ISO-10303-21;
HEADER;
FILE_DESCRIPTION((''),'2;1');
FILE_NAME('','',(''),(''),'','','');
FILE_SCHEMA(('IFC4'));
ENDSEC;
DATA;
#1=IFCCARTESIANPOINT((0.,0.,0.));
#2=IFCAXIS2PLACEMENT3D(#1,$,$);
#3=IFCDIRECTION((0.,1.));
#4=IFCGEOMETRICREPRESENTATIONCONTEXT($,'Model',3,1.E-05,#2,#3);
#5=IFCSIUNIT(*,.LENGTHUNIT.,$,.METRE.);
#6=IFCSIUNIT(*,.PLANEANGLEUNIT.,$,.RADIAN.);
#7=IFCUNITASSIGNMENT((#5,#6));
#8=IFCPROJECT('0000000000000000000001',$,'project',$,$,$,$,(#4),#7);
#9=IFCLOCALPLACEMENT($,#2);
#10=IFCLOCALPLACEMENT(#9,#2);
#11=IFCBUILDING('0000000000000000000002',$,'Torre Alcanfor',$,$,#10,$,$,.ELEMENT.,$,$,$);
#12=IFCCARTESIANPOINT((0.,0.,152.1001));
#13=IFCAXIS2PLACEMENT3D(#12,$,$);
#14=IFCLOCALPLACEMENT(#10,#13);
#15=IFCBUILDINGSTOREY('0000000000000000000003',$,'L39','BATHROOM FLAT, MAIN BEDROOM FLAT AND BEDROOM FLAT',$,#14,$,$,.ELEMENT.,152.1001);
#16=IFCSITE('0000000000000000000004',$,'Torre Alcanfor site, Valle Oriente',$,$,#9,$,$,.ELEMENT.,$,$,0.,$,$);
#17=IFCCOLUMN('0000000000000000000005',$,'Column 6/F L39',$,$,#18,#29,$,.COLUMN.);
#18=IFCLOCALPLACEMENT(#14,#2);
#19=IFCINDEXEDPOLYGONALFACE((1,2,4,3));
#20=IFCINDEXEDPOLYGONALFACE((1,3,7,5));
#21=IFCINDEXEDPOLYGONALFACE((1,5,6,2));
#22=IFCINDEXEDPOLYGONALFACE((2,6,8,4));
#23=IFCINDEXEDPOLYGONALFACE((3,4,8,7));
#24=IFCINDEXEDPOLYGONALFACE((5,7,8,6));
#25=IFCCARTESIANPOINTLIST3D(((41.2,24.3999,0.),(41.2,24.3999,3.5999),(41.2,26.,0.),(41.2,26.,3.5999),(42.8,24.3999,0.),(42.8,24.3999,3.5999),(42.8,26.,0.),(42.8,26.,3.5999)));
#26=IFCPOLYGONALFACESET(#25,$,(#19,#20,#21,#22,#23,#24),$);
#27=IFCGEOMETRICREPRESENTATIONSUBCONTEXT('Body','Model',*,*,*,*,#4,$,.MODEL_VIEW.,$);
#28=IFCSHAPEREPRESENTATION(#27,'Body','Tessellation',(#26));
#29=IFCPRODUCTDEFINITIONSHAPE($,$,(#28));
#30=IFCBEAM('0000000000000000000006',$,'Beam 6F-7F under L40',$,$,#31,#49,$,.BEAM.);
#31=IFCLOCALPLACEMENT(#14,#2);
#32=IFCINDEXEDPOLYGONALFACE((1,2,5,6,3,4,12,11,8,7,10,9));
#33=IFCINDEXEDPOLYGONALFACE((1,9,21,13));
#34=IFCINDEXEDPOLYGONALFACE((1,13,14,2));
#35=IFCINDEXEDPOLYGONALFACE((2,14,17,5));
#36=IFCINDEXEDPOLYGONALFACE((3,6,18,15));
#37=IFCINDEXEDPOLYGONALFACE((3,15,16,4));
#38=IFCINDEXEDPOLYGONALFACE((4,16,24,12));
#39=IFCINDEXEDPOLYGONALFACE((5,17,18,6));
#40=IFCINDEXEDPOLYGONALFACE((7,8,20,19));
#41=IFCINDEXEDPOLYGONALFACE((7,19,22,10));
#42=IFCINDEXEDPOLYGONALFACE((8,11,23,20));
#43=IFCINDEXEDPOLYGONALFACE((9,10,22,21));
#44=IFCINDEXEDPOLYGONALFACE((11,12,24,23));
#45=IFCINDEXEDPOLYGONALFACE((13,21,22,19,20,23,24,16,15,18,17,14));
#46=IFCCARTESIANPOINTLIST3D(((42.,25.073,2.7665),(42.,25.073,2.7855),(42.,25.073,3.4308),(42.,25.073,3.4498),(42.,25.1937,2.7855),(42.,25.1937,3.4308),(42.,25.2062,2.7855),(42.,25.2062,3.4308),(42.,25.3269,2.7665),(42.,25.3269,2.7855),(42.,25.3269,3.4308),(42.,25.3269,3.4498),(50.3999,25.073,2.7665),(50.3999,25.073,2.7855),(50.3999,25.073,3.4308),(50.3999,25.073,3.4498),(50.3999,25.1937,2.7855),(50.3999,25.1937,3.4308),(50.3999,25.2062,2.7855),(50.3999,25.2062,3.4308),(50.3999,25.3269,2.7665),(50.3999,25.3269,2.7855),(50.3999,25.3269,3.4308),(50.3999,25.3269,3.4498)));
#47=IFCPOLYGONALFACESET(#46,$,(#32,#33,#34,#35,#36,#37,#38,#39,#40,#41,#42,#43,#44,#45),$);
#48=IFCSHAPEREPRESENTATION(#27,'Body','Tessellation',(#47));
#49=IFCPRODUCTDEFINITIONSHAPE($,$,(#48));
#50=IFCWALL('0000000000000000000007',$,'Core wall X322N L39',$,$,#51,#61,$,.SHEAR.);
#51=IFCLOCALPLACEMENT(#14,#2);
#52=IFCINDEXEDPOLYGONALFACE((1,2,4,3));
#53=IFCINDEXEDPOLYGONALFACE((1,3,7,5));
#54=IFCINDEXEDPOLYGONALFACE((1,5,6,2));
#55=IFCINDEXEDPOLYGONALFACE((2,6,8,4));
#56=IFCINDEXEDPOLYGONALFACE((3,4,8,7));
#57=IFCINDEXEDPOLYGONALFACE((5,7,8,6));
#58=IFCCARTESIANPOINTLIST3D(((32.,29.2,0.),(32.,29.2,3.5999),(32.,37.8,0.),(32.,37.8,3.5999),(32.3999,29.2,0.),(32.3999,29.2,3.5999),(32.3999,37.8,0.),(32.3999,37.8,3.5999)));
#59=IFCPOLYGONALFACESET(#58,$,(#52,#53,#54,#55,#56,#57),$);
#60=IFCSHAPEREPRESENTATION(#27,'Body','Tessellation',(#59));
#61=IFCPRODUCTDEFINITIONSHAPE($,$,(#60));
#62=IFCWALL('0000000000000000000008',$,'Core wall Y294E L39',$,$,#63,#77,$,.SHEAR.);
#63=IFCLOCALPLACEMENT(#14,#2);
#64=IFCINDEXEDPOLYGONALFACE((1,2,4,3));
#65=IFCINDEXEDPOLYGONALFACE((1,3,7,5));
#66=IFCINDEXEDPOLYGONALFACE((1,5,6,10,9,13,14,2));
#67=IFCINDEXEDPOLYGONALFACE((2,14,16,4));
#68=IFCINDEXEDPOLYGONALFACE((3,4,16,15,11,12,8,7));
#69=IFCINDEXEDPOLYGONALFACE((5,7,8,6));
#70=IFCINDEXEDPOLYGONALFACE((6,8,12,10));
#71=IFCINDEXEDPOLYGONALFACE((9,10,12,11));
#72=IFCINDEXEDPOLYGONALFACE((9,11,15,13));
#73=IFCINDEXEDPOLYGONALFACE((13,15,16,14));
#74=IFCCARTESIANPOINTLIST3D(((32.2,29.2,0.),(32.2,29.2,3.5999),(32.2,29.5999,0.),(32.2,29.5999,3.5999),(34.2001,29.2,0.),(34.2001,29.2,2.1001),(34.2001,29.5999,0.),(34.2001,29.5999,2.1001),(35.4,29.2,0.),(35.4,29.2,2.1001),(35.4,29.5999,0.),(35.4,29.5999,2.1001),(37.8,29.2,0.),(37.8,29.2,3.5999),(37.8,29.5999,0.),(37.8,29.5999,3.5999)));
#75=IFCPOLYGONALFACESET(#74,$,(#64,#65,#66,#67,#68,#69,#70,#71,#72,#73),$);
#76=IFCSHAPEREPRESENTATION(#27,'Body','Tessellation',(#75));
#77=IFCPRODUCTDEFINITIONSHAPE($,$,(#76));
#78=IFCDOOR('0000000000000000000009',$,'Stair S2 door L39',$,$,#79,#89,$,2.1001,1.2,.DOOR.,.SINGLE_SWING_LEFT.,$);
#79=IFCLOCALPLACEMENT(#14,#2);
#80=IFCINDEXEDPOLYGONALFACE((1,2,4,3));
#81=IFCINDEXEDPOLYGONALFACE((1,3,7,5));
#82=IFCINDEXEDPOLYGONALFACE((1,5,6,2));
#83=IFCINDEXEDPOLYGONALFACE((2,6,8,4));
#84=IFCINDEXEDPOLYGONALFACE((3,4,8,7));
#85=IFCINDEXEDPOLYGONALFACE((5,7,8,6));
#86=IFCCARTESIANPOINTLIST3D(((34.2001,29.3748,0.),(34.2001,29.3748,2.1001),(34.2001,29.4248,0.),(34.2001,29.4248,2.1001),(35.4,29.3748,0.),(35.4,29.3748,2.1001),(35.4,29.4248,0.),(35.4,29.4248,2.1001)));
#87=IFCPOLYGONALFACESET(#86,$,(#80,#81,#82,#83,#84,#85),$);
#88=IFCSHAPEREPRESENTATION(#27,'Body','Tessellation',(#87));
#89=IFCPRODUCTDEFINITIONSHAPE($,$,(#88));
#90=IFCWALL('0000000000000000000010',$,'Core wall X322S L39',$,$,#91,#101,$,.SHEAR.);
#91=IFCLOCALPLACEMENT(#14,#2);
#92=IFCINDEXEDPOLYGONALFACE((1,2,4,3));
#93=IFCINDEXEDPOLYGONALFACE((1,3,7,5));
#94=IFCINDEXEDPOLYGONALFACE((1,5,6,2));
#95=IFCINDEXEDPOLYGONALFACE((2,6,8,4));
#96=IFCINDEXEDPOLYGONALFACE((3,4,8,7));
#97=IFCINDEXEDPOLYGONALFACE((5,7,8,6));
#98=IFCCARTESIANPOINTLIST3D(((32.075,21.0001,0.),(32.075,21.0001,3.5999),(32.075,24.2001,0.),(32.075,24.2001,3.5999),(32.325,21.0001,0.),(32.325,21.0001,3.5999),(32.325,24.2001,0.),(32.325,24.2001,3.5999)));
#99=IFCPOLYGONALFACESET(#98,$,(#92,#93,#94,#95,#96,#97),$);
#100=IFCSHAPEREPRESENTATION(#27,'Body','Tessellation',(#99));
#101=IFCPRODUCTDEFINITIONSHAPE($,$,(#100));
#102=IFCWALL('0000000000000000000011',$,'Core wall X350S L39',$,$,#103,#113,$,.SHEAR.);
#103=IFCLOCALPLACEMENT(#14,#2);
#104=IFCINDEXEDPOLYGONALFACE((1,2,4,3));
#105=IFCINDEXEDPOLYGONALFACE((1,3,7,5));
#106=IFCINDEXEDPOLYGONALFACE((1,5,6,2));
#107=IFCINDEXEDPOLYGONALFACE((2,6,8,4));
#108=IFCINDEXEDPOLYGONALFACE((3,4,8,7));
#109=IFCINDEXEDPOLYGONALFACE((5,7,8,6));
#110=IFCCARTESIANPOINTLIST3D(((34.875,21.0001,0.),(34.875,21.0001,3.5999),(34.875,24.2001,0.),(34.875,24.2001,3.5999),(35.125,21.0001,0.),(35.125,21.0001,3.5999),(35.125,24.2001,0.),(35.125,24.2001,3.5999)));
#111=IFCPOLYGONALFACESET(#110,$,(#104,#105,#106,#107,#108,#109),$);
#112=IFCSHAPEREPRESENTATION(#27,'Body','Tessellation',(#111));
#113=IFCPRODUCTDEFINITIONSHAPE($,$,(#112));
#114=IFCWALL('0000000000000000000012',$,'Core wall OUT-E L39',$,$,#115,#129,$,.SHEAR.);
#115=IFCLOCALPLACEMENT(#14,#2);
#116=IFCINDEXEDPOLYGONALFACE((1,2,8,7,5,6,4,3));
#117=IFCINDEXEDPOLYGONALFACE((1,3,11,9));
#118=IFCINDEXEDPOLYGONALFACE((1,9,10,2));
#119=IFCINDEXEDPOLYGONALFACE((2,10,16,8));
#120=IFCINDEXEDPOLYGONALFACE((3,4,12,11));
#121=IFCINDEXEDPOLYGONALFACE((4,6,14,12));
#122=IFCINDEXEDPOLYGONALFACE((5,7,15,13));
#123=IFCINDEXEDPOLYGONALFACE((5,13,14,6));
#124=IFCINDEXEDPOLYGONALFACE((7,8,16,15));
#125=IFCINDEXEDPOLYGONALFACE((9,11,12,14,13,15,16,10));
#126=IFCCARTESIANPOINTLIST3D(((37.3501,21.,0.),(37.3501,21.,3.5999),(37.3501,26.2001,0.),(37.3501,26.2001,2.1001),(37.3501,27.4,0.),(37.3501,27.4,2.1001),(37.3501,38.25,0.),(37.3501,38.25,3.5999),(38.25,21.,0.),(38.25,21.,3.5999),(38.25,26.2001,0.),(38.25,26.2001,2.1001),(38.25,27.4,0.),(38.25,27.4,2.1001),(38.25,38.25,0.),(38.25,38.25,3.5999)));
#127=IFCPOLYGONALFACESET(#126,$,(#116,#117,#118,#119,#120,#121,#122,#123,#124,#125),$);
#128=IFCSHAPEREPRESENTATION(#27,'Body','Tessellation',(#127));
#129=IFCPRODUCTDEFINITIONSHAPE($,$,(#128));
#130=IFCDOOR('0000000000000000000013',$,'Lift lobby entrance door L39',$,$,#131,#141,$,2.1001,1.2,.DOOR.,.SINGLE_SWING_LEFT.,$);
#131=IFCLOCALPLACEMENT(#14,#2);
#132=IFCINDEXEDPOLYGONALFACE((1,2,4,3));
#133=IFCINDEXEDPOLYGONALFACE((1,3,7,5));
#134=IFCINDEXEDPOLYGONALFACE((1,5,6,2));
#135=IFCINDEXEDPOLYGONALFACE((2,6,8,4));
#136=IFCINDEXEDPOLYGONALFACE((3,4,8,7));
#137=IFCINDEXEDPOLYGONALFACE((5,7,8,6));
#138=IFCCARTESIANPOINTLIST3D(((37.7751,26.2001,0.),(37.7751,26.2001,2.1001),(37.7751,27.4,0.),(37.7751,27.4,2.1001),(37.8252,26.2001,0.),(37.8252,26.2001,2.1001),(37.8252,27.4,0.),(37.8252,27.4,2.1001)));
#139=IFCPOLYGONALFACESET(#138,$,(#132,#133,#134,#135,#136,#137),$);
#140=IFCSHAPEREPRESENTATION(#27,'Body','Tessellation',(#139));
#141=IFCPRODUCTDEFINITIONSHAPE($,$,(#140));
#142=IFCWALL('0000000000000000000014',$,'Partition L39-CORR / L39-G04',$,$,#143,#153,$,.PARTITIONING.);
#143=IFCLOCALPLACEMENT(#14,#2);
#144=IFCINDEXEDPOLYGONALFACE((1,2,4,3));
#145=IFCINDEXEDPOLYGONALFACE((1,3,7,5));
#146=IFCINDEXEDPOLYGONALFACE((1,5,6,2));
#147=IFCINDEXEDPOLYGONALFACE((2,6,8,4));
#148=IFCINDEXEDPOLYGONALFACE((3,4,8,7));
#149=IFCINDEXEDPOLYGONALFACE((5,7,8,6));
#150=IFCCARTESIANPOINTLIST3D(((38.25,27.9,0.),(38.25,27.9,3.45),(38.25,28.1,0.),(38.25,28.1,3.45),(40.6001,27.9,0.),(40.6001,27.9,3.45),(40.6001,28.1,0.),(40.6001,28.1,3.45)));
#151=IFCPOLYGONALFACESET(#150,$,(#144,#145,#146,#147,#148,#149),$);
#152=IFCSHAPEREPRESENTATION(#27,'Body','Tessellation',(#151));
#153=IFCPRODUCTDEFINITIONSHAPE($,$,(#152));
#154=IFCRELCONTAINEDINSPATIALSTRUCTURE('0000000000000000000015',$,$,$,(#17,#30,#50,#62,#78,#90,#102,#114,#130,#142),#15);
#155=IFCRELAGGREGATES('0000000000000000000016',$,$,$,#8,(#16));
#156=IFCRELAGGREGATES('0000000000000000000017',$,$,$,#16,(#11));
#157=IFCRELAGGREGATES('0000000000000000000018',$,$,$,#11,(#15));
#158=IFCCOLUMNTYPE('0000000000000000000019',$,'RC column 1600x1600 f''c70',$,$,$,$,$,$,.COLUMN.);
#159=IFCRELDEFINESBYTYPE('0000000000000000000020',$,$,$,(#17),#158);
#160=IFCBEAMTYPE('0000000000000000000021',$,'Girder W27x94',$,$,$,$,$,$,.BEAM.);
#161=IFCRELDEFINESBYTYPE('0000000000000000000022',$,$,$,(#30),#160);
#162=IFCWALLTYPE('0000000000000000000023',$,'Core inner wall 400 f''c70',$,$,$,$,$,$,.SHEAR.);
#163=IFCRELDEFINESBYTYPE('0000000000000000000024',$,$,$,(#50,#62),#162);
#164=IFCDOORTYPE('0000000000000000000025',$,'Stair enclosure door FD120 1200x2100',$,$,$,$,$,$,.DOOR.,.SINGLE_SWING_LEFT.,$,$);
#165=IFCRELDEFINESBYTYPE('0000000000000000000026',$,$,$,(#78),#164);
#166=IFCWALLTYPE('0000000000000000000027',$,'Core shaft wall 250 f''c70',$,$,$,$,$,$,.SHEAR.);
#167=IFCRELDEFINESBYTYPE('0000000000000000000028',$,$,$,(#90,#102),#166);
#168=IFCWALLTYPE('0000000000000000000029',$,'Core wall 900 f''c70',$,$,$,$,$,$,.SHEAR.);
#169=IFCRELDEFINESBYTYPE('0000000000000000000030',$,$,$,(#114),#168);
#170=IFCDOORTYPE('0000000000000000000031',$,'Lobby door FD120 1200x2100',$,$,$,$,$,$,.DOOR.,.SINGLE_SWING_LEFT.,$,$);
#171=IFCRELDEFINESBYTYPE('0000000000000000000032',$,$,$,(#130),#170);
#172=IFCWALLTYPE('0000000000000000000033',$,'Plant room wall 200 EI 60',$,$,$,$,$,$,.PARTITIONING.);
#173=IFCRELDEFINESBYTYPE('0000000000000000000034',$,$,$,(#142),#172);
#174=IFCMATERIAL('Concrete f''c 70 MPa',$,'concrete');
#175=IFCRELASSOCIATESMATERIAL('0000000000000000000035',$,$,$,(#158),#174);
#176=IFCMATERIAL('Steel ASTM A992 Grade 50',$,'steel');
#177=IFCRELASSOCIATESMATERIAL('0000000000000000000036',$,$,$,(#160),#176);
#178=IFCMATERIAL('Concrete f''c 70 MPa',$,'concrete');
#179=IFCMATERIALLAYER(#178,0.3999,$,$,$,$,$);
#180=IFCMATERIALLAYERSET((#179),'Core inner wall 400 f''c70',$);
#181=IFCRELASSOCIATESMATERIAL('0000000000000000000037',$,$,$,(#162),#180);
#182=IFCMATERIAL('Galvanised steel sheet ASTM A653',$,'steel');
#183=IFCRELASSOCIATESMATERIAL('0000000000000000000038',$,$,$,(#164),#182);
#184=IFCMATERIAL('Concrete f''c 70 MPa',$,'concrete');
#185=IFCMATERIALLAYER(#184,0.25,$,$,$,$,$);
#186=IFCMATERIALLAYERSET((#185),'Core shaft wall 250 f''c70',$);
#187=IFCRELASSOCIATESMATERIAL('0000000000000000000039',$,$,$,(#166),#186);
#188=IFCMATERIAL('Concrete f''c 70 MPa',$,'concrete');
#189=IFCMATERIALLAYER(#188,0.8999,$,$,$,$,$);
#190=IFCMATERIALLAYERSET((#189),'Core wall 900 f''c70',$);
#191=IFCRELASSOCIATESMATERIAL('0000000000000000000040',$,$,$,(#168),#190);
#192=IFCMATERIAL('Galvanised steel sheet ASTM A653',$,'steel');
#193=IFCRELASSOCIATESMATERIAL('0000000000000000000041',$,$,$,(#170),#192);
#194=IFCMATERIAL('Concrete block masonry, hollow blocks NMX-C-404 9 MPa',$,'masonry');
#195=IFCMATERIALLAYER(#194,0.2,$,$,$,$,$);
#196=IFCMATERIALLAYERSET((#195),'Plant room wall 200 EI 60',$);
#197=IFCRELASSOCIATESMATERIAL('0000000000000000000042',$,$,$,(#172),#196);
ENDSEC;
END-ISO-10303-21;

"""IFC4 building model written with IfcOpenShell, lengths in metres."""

from ifc_helpers import new_model, si_unit, direction, frame, frame_2d, origin, origin_2d, place, context, subcontext, project, spatial, rectangle, i_section, extrude, material, layer, layer_set, material_profile, profile_set, type_object, element, fill, save


model = new_model("IFC4")

# Units and contexts
model_context = context("Model", 3, precision=1e-05, world=origin(), true_north=direction((0.0, 1.0)))
body_context = subcontext(model_context, "Body", "Model", "MODEL_VIEW")
ifc_project = project(units=[si_unit("LENGTHUNIT", "METRE"), si_unit("PLANEANGLEUNIT", "RADIAN")], contexts=[model_context])

# Site, building, storey
site_placement = place(None, origin())
site = spatial("IfcSite", under=ifc_project, at=site_placement, Name="Torre Alcanfor site, Valle Oriente", CompositionType="ELEMENT", RefElevation=0.0)
building_placement = place(site_placement, origin())
building = spatial("IfcBuilding", under=site, at=building_placement, Name="Torre Alcanfor", CompositionType="ELEMENT")
storey_placement = place(building_placement, frame((0.0, 0.0, 152.1001)))
storey = spatial("IfcBuildingStorey", under=building, at=storey_placement, Name="L39", Description="BATHROOM FLAT, MAIN BEDROOM FLAT AND BEDROOM FLAT", CompositionType="ELEMENT", Elevation=152.1001)

# Column
ifc_material_1 = material(Name="Concrete f'c 70 MPa", Category="concrete")
ifc_material_profile_1 = material_profile(ifc_material_1, rectangle(XDim=1.6001, YDim=1.6001, at=origin_2d()), Name="1600x1600")
ifc_profile_set_1 = profile_set([ifc_material_profile_1], Name="Concrete f'c 70 MPa")
column_type = type_object("IfcColumnType", Name="RC column 1600x1600 f'c70", PredefinedType="COLUMN", material=ifc_profile_set_1)
column_placement = place(storey_placement, frame((42.0, 25.2, 0.0), z_axis=(0.0, 0.0, 1.0), x_axis=(1.0, 0.0, 0.0)))
element("IfcColumn", 1, at=column_placement, inside=storey, type_object=column_type, Name="Column 6/F L39", PredefinedType="COLUMN", context=body_context, shape_type="SweptSolid", body=[
    extrude(rectangle(XDim=1.6001, YDim=1.6001, at=origin_2d()), origin(), (0.0, 0.0, 1.0), 3.5999),
])

# Beam
ifc_material_2 = material(Name="Steel ASTM A992 Grade 50", Category="steel")
ifc_material_profile_2 = material_profile(ifc_material_2, i_section(OverallWidth=0.2539, OverallDepth=0.6833, WebThickness=0.0125, FlangeThickness=0.019, at=origin_2d()), Name="W27x94")
ifc_profile_set_2 = profile_set([ifc_material_profile_2], Name="Steel ASTM A992 Grade 50")
beam_type = type_object("IfcBeamType", Name="Girder W27x94", PredefinedType="BEAM", material=ifc_profile_set_2)
beam_placement = place(storey_placement, frame((42.0, 25.2, 3.1082), z_axis=(1.0, 0.0, 0.0), x_axis=(0.0, 1.0, 0.0)))
element("IfcBeam", 2, at=beam_placement, inside=storey, type_object=beam_type, Name="Beam 6F-7F under L40", PredefinedType="BEAM", context=body_context, shape_type="SweptSolid", body=[
    extrude(i_section(OverallWidth=0.2539, OverallDepth=0.6833, WebThickness=0.0125, FlangeThickness=0.019, at=origin_2d()), origin(), (0.0, 0.0, 1.0), 8.3999),
])

# Wall
ifc_material_3 = material(Name="Concrete f'c 70 MPa", Category="concrete")
ifc_layer_1 = layer(ifc_material_3, 0.3999)
ifc_layer_set_1 = layer_set([ifc_layer_1], Name="Core inner wall 400 f'c70")
wall_type_1 = type_object("IfcWallType", Name="Core inner wall 400 f'c70", PredefinedType="SHEAR", material=ifc_layer_set_1)
wall_1_placement = place(storey_placement, frame((32.2, 29.2, 0.0), z_axis=(0.0, 0.0, 1.0), x_axis=(0.0, 1.0, 0.0)))
element("IfcWall", 3, at=wall_1_placement, inside=storey, type_object=wall_type_1, Name="Core wall X322N L39", PredefinedType="SHEAR", context=body_context, shape_type="SweptSolid", body=[
    extrude(rectangle(XDim=8.6001, YDim=0.3999, at=frame_2d((4.3, 0.0))), origin(), (0.0, 0.0, 1.0), 3.5999),
])

# Wall, opening, door
wall_2_placement = place(storey_placement, frame((32.2, 29.3999, 0.0), z_axis=(0.0, 0.0, 1.0), x_axis=(1.0, 0.0, 0.0)))
wall_2 = element("IfcWall", 4, at=wall_2_placement, inside=storey, type_object=wall_type_1, Name="Core wall Y294E L39", PredefinedType="SHEAR", context=body_context, shape_type="SweptSolid", body=[
    extrude(rectangle(XDim=5.6001, YDim=0.3999, at=frame_2d((2.8, 0.0))), origin(), (0.0, 0.0, 1.0), 3.5999),
])
opening_1_placement = place(wall_2_placement, frame((2.0, 0.0, 0.0)))
opening_1 = element("IfcOpeningElement", 5, at=opening_1_placement, cuts=wall_2, PredefinedType="OPENING", context=body_context, shape_type="SweptSolid", body=[
    extrude(rectangle(XDim=1.2, YDim=2.1001, at=frame_2d((0.6001, 1.05))), frame((0.0, 0.21, 0.0), z_axis=(0.0, -1.0, 0.0), x_axis=(1.0, 0.0, 0.0)), (0.0, 0.0, 1.0), 0.4199),
])
ifc_material_4 = material(Name="Galvanised steel sheet ASTM A653", Category="steel")
door_type_1 = type_object("IfcDoorType", Name="Stair enclosure door FD120 1200x2100", OperationType="SINGLE_SWING_LEFT", PredefinedType="DOOR", material=ifc_material_4)
door_1_placement = place(opening_1_placement, origin())
door_1 = element("IfcDoor", 6, at=door_1_placement, inside=storey, type_object=door_type_1, Name="Stair S2 door L39", OperationType="SINGLE_SWING_LEFT", OverallHeight=2.1001, OverallWidth=1.2, PredefinedType="DOOR", context=body_context, shape_type="SweptSolid", body=[
    extrude(rectangle(XDim=1.2, YDim=2.1001, at=frame_2d((0.6001, 1.05))), frame((0.0, 0.0249, 0.0), z_axis=(0.0, -1.0, 0.0), x_axis=(1.0, 0.0, 0.0)), (0.0, 0.0, 1.0), 0.05),
])
fill(opening_1, door_1)

# Walls
ifc_material_5 = material(Name="Concrete f'c 70 MPa", Category="concrete")
ifc_layer_2 = layer(ifc_material_5, 0.25)
ifc_layer_set_2 = layer_set([ifc_layer_2], Name="Core shaft wall 250 f'c70")
wall_type_2 = type_object("IfcWallType", Name="Core shaft wall 250 f'c70", PredefinedType="SHEAR", material=ifc_layer_set_2)
for number, where, z_axis, x_axis, name in (
    (7, (32.2, 21.0, 0.0), (0.0, 0.0, 1.0), (0.0, 1.0, 0.0), "Core wall X322S L39"),
    (8, (35.0, 21.0, 0.0), (0.0, 0.0, 1.0), (0.0, 1.0, 0.0), "Core wall X350S L39"),
):
    element("IfcWall", number, at=place(storey_placement, frame(where, z_axis=z_axis, x_axis=x_axis)), inside=storey, type_object=wall_type_2, Name=name, PredefinedType="SHEAR", context=body_context, shape_type="SweptSolid", body=[
        extrude(rectangle(XDim=3.2, YDim=0.25, at=frame_2d((1.6001, 0.0))), origin(), (0.0, 0.0, 1.0), 3.5999),
    ])

# Wall, opening, door
ifc_material_6 = material(Name="Concrete f'c 70 MPa", Category="concrete")
ifc_layer_3 = layer(ifc_material_6, 0.8999)
ifc_layer_set_3 = layer_set([ifc_layer_3], Name="Core wall 900 f'c70")
wall_type_3 = type_object("IfcWallType", Name="Core wall 900 f'c70", PredefinedType="SHEAR", material=ifc_layer_set_3)
wall_3_placement = place(storey_placement, frame((37.8, 21.0, 0.0), z_axis=(0.0, 0.0, 1.0), x_axis=(0.0, 1.0, 0.0)))
wall_3 = element("IfcWall", 9, at=wall_3_placement, inside=storey, type_object=wall_type_3, Name="Core wall OUT-E L39", PredefinedType="SHEAR", context=body_context, shape_type="SweptSolid", body=[
    extrude(rectangle(XDim=17.25, YDim=0.8999, at=frame_2d((8.625, 0.0))), origin(), (0.0, 0.0, 1.0), 3.5999),
])
opening_2_placement = place(wall_3_placement, frame((5.2, 0.0, 0.0)))
opening_2 = element("IfcOpeningElement", 10, at=opening_2_placement, cuts=wall_3, PredefinedType="OPENING", context=body_context, shape_type="SweptSolid", body=[
    extrude(rectangle(XDim=1.2, YDim=2.1001, at=frame_2d((0.6001, 1.05))), frame((0.0, 0.46, 0.0), z_axis=(0.0, -1.0, 0.0), x_axis=(1.0, 0.0, 0.0)), (0.0, 0.0, 1.0), 0.9199),
])
ifc_material_7 = material(Name="Galvanised steel sheet ASTM A653", Category="steel")
door_type_2 = type_object("IfcDoorType", Name="Lobby door FD120 1200x2100", OperationType="SINGLE_SWING_LEFT", PredefinedType="DOOR", material=ifc_material_7)
door_2_placement = place(opening_2_placement, origin())
door_2 = element("IfcDoor", 11, at=door_2_placement, inside=storey, type_object=door_type_2, Name="Lift lobby entrance door L39", OperationType="SINGLE_SWING_LEFT", OverallHeight=2.1001, OverallWidth=1.2, PredefinedType="DOOR", context=body_context, shape_type="SweptSolid", body=[
    extrude(rectangle(XDim=1.2, YDim=2.1001, at=frame_2d((0.6001, 1.05))), frame((0.0, 0.0249, 0.0), z_axis=(0.0, -1.0, 0.0), x_axis=(1.0, 0.0, 0.0)), (0.0, 0.0, 1.0), 0.05),
])
fill(opening_2, door_2)

# Wall
ifc_material_8 = material(Name="Concrete block masonry, hollow blocks NMX-C-404 9 MPa", Category="masonry")
ifc_layer_4 = layer(ifc_material_8, 0.2)
ifc_layer_set_4 = layer_set([ifc_layer_4], Name="Plant room wall 200 EI 60")
wall_type_4 = type_object("IfcWallType", Name="Plant room wall 200 EI 60", PredefinedType="PARTITIONING", material=ifc_layer_set_4)
wall_4_placement = place(storey_placement, frame((38.25, 28.0, 0.0), z_axis=(0.0, 0.0, 1.0), x_axis=(1.0, 0.0, 0.0)))
element("IfcWall", 12, at=wall_4_placement, inside=storey, type_object=wall_type_4, Name="Partition L39-CORR / L39-G04", PredefinedType="PARTITIONING", context=body_context, shape_type="SweptSolid", body=[
    extrude(rectangle(XDim=2.3501, YDim=0.2, at=frame_2d((1.175, 0.0))), origin(), (0.0, 0.0, 1.0), 3.45),
])

save(model, "model.ifc")
